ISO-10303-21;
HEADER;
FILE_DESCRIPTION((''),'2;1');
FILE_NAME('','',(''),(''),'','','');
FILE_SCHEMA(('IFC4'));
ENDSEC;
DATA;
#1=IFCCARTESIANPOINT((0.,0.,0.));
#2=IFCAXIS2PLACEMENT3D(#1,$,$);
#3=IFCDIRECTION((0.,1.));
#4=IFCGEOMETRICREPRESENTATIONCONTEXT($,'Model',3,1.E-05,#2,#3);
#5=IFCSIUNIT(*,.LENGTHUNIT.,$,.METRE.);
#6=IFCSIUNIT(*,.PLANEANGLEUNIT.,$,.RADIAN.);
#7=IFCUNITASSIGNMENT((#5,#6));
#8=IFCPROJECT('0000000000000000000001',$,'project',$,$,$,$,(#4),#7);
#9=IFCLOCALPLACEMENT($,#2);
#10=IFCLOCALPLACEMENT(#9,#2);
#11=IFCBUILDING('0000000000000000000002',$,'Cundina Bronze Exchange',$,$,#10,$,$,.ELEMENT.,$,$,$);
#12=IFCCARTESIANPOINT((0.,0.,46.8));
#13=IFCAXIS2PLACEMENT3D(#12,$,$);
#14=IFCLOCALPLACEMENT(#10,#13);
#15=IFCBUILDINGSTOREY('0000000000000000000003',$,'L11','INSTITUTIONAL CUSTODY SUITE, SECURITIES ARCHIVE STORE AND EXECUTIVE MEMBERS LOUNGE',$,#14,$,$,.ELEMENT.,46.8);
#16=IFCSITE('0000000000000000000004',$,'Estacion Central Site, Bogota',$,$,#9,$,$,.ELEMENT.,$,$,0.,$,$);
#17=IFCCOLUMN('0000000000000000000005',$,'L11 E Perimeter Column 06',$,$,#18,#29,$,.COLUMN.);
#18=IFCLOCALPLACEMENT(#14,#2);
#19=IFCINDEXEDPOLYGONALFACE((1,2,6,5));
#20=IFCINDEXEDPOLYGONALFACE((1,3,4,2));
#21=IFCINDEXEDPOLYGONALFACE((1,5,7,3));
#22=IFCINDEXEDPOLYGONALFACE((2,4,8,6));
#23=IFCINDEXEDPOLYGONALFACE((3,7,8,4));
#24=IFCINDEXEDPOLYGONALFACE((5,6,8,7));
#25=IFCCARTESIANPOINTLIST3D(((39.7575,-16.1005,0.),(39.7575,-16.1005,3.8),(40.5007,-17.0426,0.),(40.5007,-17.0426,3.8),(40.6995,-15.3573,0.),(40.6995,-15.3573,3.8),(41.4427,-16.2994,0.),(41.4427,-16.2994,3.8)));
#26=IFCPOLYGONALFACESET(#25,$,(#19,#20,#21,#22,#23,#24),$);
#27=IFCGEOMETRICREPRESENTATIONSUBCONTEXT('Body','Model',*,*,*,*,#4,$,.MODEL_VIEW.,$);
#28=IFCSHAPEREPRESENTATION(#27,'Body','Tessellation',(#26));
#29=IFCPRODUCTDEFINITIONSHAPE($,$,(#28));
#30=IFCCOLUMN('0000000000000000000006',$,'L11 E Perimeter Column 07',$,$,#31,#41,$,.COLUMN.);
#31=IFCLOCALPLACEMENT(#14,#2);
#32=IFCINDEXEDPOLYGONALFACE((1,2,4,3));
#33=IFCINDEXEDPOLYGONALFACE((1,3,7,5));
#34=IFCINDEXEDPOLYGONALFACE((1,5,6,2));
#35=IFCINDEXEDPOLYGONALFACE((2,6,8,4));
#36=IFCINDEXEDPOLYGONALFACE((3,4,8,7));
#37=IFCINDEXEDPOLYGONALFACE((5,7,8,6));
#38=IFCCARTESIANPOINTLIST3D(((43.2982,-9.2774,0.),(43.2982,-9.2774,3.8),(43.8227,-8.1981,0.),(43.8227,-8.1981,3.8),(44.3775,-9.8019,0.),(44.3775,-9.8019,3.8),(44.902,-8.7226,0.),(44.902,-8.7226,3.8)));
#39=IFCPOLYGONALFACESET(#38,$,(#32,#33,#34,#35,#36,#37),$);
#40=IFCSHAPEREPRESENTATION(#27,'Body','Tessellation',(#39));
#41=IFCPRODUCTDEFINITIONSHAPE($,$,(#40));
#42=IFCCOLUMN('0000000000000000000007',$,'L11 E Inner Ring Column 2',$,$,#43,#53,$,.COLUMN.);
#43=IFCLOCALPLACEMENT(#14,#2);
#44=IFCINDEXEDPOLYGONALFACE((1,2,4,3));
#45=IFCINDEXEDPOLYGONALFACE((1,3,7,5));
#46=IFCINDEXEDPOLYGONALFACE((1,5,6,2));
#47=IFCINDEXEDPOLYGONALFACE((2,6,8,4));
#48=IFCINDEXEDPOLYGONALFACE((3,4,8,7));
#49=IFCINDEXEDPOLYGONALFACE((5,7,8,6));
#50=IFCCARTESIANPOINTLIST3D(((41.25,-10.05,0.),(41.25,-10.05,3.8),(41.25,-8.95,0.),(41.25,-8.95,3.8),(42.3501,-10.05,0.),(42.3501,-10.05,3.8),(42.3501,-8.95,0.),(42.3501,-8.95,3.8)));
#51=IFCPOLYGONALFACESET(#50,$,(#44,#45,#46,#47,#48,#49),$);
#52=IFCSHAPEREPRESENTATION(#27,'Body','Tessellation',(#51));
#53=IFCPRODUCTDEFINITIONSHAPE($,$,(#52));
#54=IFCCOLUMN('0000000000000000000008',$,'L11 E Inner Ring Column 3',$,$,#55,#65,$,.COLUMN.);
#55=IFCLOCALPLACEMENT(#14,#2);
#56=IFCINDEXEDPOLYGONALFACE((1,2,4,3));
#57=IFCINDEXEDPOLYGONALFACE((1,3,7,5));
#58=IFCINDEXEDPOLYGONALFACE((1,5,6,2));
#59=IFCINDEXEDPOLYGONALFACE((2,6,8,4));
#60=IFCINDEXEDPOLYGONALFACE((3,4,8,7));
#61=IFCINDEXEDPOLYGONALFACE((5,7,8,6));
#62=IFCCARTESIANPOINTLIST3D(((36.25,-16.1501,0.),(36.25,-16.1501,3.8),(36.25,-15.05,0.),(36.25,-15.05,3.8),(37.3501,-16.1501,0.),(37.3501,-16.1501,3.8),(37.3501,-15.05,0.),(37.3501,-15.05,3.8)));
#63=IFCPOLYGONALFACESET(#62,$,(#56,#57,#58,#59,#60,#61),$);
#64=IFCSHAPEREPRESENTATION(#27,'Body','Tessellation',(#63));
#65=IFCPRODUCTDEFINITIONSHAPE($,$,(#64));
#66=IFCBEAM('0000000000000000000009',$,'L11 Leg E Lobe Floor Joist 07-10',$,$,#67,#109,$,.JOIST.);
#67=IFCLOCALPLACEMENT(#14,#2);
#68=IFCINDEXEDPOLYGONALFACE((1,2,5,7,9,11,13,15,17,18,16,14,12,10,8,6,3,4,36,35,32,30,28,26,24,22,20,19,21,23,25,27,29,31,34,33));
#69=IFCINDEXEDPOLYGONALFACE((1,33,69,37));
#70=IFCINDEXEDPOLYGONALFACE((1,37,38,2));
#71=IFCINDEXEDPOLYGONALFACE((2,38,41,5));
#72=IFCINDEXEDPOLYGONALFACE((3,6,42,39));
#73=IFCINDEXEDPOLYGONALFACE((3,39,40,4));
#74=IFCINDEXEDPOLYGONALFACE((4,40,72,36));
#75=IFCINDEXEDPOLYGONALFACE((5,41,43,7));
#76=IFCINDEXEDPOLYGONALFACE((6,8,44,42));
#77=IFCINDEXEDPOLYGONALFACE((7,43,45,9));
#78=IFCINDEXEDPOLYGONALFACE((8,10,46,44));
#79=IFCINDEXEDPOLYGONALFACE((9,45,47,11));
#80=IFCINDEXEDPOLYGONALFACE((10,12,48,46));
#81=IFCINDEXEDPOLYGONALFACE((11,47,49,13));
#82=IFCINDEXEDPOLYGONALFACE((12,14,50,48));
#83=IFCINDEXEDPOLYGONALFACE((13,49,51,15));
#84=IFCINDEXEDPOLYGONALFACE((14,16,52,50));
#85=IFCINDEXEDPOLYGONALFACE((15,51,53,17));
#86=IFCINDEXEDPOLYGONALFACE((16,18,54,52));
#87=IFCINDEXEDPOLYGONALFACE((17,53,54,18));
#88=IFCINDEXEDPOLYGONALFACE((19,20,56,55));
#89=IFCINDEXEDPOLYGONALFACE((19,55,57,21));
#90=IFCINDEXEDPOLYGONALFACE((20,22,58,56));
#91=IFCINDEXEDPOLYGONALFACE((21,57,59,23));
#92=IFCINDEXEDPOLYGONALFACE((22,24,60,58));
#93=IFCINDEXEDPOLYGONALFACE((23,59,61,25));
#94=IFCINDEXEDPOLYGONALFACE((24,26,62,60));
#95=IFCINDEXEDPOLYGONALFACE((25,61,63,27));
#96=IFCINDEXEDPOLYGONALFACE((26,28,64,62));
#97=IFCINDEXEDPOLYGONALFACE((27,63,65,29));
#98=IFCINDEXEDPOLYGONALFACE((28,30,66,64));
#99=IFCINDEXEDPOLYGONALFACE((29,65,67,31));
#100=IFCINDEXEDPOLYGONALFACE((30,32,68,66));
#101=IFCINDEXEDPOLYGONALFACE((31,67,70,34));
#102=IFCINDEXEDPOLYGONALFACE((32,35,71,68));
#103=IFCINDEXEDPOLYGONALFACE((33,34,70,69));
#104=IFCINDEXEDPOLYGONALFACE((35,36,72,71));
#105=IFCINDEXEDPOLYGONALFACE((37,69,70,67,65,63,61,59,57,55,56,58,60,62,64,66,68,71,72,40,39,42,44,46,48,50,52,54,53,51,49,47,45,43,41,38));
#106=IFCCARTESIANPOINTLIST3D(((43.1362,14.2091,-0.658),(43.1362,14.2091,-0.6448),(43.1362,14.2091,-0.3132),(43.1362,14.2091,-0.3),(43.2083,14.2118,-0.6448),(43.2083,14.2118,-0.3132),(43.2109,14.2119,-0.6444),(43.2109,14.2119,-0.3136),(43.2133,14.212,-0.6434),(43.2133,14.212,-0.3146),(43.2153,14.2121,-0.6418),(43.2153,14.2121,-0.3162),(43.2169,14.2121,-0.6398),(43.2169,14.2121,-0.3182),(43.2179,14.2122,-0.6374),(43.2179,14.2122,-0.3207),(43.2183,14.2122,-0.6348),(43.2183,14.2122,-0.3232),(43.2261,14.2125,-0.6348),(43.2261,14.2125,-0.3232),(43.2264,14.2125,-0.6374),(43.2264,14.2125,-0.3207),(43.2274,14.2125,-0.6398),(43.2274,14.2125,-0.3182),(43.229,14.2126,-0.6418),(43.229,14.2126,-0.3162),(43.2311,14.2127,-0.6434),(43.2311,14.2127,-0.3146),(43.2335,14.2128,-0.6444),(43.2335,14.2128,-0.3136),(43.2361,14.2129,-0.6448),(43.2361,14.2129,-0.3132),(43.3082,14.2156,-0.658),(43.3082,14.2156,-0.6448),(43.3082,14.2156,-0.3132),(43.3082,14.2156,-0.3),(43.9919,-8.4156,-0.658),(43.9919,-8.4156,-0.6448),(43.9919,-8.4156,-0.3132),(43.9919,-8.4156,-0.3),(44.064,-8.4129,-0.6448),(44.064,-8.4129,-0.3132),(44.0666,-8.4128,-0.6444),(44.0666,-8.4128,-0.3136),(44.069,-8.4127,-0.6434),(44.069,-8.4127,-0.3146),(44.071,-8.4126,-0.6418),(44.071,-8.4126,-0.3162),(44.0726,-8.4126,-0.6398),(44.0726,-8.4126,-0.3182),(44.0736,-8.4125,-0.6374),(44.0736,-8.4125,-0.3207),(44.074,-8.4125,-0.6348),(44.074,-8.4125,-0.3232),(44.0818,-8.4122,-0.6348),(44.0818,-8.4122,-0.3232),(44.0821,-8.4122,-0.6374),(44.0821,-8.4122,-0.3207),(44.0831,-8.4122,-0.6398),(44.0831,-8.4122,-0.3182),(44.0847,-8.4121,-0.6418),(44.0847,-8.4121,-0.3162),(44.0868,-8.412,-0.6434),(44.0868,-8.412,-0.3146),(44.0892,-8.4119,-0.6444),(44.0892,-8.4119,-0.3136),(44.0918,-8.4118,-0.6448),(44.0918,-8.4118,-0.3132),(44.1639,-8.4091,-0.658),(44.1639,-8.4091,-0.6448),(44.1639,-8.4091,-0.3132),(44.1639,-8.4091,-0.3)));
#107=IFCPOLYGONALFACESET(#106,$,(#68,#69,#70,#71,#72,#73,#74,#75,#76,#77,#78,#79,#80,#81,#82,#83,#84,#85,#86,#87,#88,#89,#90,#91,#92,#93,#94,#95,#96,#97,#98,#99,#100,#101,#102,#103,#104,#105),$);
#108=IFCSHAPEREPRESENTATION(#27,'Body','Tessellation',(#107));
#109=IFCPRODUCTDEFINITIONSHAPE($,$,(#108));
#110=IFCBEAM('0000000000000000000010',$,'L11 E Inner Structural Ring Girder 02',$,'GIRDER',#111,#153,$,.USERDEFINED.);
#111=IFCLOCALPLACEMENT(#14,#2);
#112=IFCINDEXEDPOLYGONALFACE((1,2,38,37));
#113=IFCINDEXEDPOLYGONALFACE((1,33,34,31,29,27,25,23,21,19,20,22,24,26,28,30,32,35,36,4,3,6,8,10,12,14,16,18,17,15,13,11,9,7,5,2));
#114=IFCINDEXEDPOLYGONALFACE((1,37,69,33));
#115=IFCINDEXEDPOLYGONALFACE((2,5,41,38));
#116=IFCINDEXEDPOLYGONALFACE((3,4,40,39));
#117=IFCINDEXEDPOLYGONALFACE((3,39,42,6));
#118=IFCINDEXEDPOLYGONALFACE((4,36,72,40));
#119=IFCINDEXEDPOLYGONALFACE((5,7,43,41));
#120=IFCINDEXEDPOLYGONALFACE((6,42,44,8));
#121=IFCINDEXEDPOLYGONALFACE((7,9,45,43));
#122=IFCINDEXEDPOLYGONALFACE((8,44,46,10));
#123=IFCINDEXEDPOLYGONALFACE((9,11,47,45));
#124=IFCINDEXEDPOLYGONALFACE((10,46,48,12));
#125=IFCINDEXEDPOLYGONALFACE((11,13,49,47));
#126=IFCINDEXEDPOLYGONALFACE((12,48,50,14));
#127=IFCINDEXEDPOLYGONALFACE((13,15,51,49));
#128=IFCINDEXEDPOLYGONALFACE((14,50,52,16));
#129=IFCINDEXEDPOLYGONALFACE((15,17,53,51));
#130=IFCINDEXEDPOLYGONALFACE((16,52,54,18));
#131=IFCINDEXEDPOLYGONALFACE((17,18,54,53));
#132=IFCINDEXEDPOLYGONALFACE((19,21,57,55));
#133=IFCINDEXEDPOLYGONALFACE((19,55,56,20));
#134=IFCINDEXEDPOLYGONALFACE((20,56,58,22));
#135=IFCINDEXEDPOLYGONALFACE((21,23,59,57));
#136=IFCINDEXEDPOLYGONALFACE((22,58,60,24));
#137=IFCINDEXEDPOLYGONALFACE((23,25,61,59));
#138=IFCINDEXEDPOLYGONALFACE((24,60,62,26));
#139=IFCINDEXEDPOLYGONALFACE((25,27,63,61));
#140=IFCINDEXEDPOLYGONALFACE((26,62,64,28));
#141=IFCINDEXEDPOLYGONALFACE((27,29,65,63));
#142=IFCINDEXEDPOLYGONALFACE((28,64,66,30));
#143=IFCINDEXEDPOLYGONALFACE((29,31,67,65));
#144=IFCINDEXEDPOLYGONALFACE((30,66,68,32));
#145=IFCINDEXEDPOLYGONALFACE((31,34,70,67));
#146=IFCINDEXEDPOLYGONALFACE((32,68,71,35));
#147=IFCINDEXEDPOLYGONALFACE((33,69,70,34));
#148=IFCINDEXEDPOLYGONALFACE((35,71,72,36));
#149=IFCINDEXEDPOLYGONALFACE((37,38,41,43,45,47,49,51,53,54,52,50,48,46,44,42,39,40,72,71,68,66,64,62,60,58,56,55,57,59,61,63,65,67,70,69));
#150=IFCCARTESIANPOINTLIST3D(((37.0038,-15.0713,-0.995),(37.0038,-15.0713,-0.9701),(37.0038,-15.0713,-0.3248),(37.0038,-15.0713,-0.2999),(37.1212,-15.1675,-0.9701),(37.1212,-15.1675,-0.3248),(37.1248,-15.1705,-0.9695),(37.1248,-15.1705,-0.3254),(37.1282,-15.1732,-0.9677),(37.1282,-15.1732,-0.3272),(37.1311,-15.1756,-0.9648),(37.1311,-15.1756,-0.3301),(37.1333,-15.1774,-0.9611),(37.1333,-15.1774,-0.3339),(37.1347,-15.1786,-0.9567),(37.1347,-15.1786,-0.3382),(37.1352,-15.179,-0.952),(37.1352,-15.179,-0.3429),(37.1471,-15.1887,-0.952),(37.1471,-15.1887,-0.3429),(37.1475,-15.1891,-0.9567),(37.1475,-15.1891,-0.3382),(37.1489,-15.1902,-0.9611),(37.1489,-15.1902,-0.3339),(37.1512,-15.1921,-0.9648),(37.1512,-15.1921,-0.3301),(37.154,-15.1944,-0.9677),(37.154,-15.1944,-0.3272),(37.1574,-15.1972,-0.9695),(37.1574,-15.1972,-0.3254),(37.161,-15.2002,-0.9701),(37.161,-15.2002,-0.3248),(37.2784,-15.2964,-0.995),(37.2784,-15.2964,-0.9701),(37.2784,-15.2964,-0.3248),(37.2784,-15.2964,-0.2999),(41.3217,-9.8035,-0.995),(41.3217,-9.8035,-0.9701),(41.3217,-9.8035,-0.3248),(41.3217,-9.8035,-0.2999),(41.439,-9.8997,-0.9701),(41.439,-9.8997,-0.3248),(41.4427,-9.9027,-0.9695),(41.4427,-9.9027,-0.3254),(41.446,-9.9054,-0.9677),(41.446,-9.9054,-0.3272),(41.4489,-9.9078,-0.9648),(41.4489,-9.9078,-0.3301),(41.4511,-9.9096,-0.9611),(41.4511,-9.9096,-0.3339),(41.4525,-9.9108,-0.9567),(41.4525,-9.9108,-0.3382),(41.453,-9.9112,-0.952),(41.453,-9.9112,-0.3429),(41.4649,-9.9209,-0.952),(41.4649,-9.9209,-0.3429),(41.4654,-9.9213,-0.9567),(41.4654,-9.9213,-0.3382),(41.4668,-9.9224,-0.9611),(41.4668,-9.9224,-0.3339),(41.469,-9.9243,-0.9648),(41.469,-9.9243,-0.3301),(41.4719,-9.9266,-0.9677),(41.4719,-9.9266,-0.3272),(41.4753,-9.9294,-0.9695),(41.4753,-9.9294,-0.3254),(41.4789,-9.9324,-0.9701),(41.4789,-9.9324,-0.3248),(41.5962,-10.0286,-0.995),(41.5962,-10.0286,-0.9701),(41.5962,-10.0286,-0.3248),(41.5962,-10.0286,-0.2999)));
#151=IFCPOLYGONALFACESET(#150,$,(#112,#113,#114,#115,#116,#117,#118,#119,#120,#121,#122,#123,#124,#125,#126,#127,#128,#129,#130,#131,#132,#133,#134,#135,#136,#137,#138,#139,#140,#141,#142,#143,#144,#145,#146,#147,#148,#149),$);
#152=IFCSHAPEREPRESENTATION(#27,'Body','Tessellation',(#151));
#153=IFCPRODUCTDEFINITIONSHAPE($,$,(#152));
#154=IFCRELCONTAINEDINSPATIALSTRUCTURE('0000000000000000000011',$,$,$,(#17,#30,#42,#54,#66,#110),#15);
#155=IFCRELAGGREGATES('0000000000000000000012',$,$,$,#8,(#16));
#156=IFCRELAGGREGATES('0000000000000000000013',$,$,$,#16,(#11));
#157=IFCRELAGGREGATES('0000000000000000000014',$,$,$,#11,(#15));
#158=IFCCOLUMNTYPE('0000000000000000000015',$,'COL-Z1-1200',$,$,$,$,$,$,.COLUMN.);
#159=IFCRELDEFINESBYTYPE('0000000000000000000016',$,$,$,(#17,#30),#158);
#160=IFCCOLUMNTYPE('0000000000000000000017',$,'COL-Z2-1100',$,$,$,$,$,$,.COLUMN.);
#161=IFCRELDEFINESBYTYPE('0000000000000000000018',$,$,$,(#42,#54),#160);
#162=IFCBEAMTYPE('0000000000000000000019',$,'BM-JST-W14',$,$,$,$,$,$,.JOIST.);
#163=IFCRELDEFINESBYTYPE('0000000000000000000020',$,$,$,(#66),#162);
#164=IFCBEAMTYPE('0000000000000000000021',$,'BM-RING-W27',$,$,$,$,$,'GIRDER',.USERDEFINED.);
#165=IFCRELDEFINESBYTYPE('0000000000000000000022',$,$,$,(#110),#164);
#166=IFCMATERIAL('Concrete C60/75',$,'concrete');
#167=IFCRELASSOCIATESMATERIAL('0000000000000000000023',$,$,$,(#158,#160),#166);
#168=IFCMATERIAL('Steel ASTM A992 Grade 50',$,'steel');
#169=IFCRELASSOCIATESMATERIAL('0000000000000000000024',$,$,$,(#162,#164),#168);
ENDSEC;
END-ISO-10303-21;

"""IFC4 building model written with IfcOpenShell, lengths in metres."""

from ifc_helpers import new_model, si_unit, direction, frame, origin, origin_2d, place, context, subcontext, project, spatial, rectangle, i_section, extrude, material, material_profile, profile_set, type_object, element, save


model = new_model("IFC4")

# Units and contexts
model_context = context("Model", 3, precision=1e-05, world=origin(), true_north=direction((0.0, 1.0)))
body_context = subcontext(model_context, "Body", "Model", "MODEL_VIEW")
ifc_project = project(units=[si_unit("LENGTHUNIT", "METRE"), si_unit("PLANEANGLEUNIT", "RADIAN")], contexts=[model_context])

# Site, building, storey
site_placement = place(None, origin())
site = spatial("IfcSite", under=ifc_project, at=site_placement, Name="Estacion Central Site, Bogota", CompositionType="ELEMENT", RefElevation=0.0)
building_placement = place(site_placement, origin())
building = spatial("IfcBuilding", under=site, at=building_placement, Name="Cundina Bronze Exchange", CompositionType="ELEMENT")
storey_placement = place(building_placement, frame((0.0, 0.0, 46.8)))
storey = spatial("IfcBuildingStorey", under=building, at=storey_placement, Name="L11", Description="INSTITUTIONAL CUSTODY SUITE, SECURITIES ARCHIVE STORE AND EXECUTIVE MEMBERS LOUNGE", CompositionType="ELEMENT", Elevation=46.8)

# Columns
ifc_material_1 = material(Name="Concrete C60/75", Category="concrete")
ifc_material_profile_1 = material_profile(ifc_material_1, rectangle(XDim=1.2, YDim=1.2, at=origin_2d()), Name="RC1200X1200", Category="concrete")
ifc_profile_set_1 = profile_set([ifc_material_profile_1], Name="Concrete C60/75")
column_type_1 = type_object("IfcColumnType", Name="COL-Z1-1200", PredefinedType="COLUMN", material=ifc_profile_set_1)
for number, where, z_axis, x_axis, name in (
    (1, (40.6001, -16.2, 0.0), (0.0, 0.0, 1.0), (0.785101, 0.619368, 0.0), "L11 E Perimeter Column 06"),
    (2, (44.1001, -9.0, 0.0), (0.0, 0.0, 1.0), (0.437116, 0.899405, 0.0), "L11 E Perimeter Column 07"),
):
    element("IfcColumn", number, at=place(storey_placement, frame(where, z_axis=z_axis, x_axis=x_axis)), inside=storey, type_object=column_type_1, Name=name, PredefinedType="COLUMN", context=body_context, shape_type="SweptSolid", body=[
        extrude(rectangle(XDim=1.2, YDim=1.2, at=origin_2d()), origin(), (0.0, 0.0, 1.0), 3.8),
    ])
ifc_material_profile_2 = material_profile(ifc_material_1, rectangle(XDim=1.1001, YDim=1.1001, at=origin_2d()), Name="RC1100X1100", Category="concrete")
ifc_profile_set_2 = profile_set([ifc_material_profile_2], Name="Concrete C60/75")
column_type_2 = type_object("IfcColumnType", Name="COL-Z2-1100", PredefinedType="COLUMN", material=ifc_profile_set_2)
for number, where, z_axis, x_axis, name in (
    (3, (41.8, -9.5, 0.0), (0.0, 0.0, 1.0), (1.0, 0.0, 0.0), "L11 E Inner Ring Column 2"),
    (4, (36.8, -15.6001, 0.0), (0.0, 0.0, 1.0), (1.0, 0.0, 0.0), "L11 E Inner Ring Column 3"),
):
    element("IfcColumn", number, at=place(storey_placement, frame(where, z_axis=z_axis, x_axis=x_axis)), inside=storey, type_object=column_type_2, Name=name, PredefinedType="COLUMN", context=body_context, shape_type="SweptSolid", body=[
        extrude(rectangle(XDim=1.1001, YDim=1.1001, at=origin_2d()), origin(), (0.0, 0.0, 1.0), 3.8),
    ])

# Beams
ifc_material_2 = material(Name="Steel ASTM A992 Grade 50", Category="steel")
ifc_material_profile_3 = material_profile(ifc_material_2, i_section(OverallWidth=0.1721, OverallDepth=0.3579, WebThickness=0.0078, FlangeThickness=0.0132, FilletRadius=0.01, at=origin_2d()), Name="W14X38", Category="steel")
ifc_profile_set_3 = profile_set([ifc_material_profile_3], Name="Steel ASTM A992 Grade 50")
beam_type_1 = type_object("IfcBeamType", Name="BM-JST-W14", PredefinedType="JOIST", material=ifc_profile_set_3)
beam_1_placement = place(storey_placement, frame((44.0779, -8.4124, -0.479), z_axis=(-0.037795, 0.999286, 0.0), x_axis=(-0.999286, -0.037795, 0.0)))
element("IfcBeam", 5, at=beam_1_placement, inside=storey, type_object=beam_type_1, Name="L11 Leg E Lobe Floor Joist 07-10", PredefinedType="JOIST", context=body_context, shape_type="SweptSolid", body=[
    extrude(i_section(OverallWidth=0.1721, OverallDepth=0.3579, WebThickness=0.0078, FlangeThickness=0.0132, FilletRadius=0.01, at=origin_2d()), origin(), (0.0, 0.0, 1.0), 22.6409),
])
ifc_material_profile_4 = material_profile(ifc_material_2, i_section(OverallWidth=0.355, OverallDepth=0.6951, WebThickness=0.0154, FlangeThickness=0.0249, FilletRadius=0.0181, at=origin_2d()), Name="W27X146", Category="steel")
ifc_profile_set_4 = profile_set([ifc_material_profile_4], Name="Steel ASTM A992 Grade 50")
beam_type_2 = type_object("IfcBeamType", Name="BM-RING-W27", ElementType="GIRDER", PredefinedType="USERDEFINED", material=ifc_profile_set_4)
beam_2_placement = place(storey_placement, frame((37.1411, -15.1838, -0.6475), z_axis=(0.633927, 0.773393, 0.0), x_axis=(-0.773393, 0.633927, 0.0)))
element("IfcBeam", 6, at=beam_2_placement, inside=storey, type_object=beam_type_2, Name="L11 E Inner Structural Ring Girder 02", ObjectType="GIRDER", PredefinedType="USERDEFINED", context=body_context, shape_type="SweptSolid", body=[
    extrude(i_section(OverallWidth=0.355, OverallDepth=0.6951, WebThickness=0.0154, FlangeThickness=0.0249, FilletRadius=0.0181, at=origin_2d()), origin(), (0.0, 0.0, 1.0), 6.8113),
])

save(model, "model.ifc")
